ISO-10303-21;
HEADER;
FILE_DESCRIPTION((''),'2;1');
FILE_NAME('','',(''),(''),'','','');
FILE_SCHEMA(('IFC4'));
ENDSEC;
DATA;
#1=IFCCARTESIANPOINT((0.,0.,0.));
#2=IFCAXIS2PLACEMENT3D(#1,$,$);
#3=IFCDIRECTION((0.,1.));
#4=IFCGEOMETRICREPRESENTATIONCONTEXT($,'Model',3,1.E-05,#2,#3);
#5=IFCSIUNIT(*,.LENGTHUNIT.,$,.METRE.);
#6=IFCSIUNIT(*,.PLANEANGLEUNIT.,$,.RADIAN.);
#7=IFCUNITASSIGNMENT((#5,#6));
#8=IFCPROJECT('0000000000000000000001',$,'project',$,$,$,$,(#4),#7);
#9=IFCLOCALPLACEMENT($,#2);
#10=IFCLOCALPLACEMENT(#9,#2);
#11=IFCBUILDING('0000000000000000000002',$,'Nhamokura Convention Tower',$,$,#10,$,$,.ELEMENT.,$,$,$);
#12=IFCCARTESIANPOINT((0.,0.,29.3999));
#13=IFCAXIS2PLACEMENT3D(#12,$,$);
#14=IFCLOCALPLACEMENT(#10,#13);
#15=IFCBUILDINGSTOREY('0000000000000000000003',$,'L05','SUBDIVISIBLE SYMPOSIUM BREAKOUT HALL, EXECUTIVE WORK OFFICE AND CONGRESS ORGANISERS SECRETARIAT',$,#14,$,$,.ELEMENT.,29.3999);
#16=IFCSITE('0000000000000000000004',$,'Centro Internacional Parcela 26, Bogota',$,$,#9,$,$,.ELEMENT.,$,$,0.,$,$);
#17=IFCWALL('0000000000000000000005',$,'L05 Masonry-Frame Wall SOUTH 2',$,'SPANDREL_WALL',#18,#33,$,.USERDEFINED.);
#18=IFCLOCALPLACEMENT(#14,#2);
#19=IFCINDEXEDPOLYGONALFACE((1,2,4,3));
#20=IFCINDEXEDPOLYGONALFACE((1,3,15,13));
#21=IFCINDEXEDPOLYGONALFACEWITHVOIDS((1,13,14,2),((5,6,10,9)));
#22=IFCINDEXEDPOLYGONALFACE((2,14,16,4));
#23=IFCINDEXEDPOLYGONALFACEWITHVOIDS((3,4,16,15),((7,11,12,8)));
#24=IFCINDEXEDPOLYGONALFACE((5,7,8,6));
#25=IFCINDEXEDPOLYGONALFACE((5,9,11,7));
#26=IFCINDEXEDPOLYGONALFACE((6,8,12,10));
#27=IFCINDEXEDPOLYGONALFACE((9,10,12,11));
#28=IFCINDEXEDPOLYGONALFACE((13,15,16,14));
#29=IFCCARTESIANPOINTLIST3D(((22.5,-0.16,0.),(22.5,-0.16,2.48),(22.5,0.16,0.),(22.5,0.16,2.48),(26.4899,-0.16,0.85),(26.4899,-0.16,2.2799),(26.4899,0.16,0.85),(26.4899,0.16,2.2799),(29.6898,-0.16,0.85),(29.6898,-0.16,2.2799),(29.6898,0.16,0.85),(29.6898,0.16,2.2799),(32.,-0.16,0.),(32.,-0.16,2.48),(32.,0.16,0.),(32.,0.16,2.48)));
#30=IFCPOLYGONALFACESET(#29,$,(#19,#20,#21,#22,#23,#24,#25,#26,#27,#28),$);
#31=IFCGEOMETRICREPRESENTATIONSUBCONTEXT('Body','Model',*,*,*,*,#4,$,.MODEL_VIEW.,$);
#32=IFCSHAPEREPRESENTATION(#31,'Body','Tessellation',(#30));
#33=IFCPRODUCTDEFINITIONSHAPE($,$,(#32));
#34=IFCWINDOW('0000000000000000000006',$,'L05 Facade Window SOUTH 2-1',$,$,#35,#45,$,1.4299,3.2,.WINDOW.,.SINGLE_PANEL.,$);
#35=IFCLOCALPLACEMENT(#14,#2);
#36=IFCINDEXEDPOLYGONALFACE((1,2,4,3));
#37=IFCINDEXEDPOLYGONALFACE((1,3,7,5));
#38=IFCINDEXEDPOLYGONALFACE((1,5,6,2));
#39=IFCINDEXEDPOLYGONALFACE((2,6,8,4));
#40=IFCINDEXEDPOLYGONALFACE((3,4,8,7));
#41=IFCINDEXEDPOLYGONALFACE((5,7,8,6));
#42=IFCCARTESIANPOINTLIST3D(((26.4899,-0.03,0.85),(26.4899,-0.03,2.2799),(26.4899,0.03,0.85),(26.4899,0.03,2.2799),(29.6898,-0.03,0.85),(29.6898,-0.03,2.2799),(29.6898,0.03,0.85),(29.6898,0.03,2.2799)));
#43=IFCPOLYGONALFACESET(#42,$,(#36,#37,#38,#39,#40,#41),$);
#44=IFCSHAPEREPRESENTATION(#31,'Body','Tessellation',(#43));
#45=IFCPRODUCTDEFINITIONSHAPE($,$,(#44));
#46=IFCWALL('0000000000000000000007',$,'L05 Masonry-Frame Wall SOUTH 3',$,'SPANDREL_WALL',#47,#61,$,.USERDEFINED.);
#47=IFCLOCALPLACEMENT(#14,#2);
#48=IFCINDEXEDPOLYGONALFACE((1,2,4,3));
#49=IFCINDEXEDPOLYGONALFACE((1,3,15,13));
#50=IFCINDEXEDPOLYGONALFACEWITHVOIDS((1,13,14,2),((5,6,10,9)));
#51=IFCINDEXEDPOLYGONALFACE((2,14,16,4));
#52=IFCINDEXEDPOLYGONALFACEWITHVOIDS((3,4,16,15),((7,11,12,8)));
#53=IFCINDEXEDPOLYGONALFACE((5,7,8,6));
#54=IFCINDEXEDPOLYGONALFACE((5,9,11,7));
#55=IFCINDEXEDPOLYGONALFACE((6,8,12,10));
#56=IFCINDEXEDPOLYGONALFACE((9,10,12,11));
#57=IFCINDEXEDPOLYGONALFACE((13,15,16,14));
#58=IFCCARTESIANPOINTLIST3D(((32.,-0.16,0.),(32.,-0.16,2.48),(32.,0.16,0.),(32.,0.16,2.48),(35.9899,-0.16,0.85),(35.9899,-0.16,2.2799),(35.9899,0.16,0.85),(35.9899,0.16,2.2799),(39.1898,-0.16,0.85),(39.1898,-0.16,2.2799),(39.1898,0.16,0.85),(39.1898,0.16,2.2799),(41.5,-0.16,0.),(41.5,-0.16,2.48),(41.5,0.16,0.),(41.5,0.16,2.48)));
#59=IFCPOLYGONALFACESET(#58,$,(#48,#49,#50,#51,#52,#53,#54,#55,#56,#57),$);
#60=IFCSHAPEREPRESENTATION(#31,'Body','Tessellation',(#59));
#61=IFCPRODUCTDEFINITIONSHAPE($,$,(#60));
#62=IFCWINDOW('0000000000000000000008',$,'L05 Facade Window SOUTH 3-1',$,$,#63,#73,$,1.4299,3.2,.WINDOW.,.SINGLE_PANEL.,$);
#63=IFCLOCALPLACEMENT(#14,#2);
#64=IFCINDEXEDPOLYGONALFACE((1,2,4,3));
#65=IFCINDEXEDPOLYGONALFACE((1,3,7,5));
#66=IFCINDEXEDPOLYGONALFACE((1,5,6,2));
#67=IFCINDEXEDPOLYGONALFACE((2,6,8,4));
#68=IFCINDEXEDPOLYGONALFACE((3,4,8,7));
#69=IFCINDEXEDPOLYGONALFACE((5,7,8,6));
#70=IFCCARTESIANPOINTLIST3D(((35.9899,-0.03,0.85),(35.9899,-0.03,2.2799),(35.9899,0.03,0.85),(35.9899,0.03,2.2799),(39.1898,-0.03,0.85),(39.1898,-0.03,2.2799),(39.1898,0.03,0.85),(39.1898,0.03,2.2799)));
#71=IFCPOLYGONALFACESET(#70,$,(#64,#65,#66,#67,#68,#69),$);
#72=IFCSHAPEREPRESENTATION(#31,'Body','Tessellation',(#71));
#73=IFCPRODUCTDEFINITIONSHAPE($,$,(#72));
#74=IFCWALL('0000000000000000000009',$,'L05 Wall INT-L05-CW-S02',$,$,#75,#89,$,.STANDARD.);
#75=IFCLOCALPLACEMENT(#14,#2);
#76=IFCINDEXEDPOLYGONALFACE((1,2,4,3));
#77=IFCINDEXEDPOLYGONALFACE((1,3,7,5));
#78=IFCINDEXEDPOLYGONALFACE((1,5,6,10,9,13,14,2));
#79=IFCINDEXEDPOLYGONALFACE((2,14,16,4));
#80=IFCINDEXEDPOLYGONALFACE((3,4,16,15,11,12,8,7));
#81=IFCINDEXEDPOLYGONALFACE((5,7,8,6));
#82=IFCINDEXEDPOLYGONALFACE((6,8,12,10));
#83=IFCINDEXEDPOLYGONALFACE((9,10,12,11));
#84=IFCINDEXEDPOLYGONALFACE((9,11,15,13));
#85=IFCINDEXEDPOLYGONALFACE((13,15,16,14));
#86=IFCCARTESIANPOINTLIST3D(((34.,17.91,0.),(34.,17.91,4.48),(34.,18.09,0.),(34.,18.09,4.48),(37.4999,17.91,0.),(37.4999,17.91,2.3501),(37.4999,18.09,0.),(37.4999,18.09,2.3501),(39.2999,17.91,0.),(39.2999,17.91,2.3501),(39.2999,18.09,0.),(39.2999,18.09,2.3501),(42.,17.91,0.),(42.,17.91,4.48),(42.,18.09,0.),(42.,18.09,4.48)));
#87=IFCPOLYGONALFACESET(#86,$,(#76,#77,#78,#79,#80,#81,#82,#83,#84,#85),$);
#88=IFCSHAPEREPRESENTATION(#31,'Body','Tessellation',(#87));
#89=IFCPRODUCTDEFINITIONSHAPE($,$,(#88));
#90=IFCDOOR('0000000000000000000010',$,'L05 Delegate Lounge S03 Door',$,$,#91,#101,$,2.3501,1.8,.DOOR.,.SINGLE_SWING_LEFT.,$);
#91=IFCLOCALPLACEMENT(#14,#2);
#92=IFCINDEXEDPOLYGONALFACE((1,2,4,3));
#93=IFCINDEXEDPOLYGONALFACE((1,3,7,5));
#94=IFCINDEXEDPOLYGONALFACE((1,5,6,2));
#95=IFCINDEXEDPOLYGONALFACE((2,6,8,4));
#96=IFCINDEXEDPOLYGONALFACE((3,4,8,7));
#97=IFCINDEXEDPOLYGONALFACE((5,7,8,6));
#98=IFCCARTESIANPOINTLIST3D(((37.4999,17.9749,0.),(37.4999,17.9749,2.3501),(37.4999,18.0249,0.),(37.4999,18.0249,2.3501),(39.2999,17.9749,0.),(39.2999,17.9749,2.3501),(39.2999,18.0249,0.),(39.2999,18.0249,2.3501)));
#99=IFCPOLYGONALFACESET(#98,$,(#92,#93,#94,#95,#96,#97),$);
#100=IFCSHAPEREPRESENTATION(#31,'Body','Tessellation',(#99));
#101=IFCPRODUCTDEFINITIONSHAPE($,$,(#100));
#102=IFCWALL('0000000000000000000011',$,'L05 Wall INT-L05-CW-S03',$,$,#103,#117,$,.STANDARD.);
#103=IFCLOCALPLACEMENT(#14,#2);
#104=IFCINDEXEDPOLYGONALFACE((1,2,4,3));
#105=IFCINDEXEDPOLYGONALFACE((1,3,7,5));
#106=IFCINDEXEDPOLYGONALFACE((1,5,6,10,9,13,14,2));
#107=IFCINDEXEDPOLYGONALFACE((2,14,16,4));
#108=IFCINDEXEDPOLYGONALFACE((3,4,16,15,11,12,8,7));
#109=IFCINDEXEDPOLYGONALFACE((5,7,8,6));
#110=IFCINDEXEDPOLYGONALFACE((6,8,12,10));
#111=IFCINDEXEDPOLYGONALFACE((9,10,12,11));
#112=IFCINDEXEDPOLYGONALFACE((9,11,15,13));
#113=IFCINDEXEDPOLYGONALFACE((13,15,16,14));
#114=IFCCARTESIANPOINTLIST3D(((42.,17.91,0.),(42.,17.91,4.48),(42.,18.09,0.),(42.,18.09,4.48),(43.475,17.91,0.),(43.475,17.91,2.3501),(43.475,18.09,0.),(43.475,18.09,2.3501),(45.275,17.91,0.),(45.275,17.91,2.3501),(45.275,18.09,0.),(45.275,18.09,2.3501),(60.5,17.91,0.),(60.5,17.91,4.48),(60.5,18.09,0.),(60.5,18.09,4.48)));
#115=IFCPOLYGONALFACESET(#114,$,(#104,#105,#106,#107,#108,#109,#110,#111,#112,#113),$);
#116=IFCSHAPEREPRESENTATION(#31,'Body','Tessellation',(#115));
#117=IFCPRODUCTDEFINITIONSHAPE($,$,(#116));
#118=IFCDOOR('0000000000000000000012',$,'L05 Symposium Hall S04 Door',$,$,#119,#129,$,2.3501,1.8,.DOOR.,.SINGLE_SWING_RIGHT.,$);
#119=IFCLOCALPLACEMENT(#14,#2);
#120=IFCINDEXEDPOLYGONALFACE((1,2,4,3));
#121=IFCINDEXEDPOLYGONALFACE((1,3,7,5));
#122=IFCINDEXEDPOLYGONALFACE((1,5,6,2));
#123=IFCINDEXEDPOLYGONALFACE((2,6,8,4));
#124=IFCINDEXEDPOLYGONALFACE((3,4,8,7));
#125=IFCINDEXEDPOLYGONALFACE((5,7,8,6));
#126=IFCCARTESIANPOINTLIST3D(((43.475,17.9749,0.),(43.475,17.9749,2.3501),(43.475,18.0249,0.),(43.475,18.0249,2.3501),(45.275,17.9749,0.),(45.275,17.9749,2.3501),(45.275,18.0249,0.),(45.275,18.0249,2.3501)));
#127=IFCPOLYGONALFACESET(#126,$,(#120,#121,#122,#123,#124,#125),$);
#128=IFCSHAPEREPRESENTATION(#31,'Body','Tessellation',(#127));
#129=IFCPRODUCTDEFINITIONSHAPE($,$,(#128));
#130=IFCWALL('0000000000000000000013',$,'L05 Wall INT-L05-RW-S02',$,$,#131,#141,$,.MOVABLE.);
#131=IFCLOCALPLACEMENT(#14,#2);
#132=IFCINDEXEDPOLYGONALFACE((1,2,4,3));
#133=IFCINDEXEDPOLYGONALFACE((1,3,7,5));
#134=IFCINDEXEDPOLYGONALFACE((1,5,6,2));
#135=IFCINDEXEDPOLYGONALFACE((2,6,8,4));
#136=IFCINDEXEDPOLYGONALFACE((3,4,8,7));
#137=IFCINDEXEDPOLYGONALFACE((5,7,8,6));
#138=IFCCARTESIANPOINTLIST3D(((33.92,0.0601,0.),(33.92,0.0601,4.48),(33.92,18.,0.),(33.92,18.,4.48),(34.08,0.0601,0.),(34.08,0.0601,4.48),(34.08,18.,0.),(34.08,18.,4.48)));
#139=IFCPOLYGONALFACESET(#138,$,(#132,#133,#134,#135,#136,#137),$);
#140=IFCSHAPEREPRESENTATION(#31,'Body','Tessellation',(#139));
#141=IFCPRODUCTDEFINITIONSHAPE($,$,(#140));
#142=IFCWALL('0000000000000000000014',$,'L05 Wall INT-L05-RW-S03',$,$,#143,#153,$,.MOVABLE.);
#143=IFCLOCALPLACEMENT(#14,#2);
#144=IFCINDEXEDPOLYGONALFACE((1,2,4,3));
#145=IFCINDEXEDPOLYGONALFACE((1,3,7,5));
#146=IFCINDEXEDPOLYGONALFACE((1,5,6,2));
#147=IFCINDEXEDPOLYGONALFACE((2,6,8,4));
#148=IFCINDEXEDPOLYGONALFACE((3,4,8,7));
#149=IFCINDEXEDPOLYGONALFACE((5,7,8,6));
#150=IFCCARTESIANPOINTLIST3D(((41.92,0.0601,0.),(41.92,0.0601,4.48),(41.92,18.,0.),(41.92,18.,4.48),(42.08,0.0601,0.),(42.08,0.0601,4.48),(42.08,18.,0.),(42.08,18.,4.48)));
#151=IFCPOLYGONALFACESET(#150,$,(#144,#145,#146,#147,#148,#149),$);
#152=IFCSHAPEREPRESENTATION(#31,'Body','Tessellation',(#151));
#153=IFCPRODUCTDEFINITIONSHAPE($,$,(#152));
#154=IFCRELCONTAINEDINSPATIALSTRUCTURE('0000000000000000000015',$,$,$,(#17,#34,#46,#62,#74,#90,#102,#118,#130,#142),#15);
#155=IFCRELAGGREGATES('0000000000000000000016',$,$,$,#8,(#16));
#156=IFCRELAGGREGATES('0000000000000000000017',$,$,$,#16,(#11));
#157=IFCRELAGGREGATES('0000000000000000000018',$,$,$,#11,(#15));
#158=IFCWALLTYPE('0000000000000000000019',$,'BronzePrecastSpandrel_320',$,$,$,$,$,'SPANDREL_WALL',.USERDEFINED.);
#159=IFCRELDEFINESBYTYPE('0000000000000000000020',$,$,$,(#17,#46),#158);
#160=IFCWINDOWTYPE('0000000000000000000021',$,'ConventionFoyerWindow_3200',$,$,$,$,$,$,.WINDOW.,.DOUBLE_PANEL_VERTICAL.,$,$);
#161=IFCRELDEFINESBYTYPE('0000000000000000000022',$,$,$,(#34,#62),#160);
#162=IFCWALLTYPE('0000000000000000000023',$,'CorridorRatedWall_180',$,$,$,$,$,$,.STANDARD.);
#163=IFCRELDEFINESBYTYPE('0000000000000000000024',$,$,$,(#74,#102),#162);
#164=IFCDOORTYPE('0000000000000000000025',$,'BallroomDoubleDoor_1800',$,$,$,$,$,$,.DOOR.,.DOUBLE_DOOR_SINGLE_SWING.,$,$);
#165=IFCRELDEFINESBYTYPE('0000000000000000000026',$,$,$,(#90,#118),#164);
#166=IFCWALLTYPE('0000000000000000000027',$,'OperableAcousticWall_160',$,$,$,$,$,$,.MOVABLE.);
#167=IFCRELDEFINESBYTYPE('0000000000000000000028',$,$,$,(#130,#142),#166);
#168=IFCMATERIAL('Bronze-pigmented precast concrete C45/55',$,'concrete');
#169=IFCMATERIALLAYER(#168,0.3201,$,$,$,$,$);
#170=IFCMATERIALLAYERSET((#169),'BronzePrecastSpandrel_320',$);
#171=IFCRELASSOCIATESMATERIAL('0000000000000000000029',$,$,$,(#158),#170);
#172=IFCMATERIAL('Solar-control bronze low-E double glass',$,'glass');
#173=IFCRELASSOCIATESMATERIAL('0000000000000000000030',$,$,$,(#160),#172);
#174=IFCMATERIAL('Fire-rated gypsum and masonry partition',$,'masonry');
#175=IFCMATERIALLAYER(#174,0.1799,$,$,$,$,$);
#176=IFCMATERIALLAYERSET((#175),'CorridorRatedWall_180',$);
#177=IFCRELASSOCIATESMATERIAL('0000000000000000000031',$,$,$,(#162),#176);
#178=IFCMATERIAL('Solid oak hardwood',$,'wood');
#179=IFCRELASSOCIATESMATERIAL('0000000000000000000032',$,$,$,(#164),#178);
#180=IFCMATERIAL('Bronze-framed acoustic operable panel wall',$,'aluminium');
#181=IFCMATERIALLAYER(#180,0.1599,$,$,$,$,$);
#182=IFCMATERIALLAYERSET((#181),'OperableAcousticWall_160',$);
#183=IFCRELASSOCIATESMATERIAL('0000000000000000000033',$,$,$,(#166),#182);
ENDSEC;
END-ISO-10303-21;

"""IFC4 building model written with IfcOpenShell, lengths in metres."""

from ifc_helpers import new_model, si_unit, direction, frame, frame_2d, origin, place, context, subcontext, project, spatial, rectangle, extrude, material, layer, layer_set, type_object, element, fill, save


model = new_model("IFC4")

# Units and contexts
model_context = context("Model", 3, precision=1e-05, world=origin(), true_north=direction((0.0, 1.0)))
body_context = subcontext(model_context, "Body", "Model", "MODEL_VIEW")
ifc_project = project(units=[si_unit("LENGTHUNIT", "METRE"), si_unit("PLANEANGLEUNIT", "RADIAN")], contexts=[model_context])

# Site, building, storey
site_placement = place(None, origin())
site = spatial("IfcSite", under=ifc_project, at=site_placement, Name="Centro Internacional Parcela 26, Bogota", CompositionType="ELEMENT", RefElevation=0.0)
building_placement = place(site_placement, origin())
building = spatial("IfcBuilding", under=site, at=building_placement, Name="Nhamokura Convention Tower", CompositionType="ELEMENT")
storey_placement = place(building_placement, frame((0.0, 0.0, 29.3999)))
storey = spatial("IfcBuildingStorey", under=building, at=storey_placement, Name="L05", Description="SUBDIVISIBLE SYMPOSIUM BREAKOUT HALL, EXECUTIVE WORK OFFICE AND CONGRESS ORGANISERS SECRETARIAT", CompositionType="ELEMENT", Elevation=29.3999)

# Walls, openings, windows
ifc_material_1 = material(Name="Bronze-pigmented precast concrete C45/55", Category="concrete")
ifc_layer_1 = layer(ifc_material_1, 0.3201)
ifc_layer_set_1 = layer_set([ifc_layer_1], Name="BronzePrecastSpandrel_320")
wall_type_1 = type_object("IfcWallType", Name="BronzePrecastSpandrel_320", ElementType="SPANDREL_WALL", PredefinedType="USERDEFINED", material=ifc_layer_set_1)
wall_1_placement = place(storey_placement, frame((32.0, 0.0, 0.0), z_axis=(0.0, 0.0, 1.0), x_axis=(-1.0, 0.0, 0.0)))
wall_1 = element("IfcWall", 1, at=wall_1_placement, inside=storey, type_object=wall_type_1, Name="L05 Masonry-Frame Wall SOUTH 2", ObjectType="SPANDREL_WALL", PredefinedType="USERDEFINED", context=body_context, shape_type="SweptSolid", body=[
    extrude(rectangle(XDim=9.5, YDim=0.3201, at=frame_2d((4.75, 0.0))), origin(), (0.0, 0.0, 1.0), 2.48),
])
opening_1_placement = place(wall_1_placement, frame((2.3101, 0.0, 0.8501)))
opening_1 = element("IfcOpeningElement", 2, at=opening_1_placement, cuts=wall_1, PredefinedType="OPENING", context=body_context, shape_type="SweptSolid", body=[
    extrude(rectangle(XDim=3.2, YDim=1.4299, at=frame_2d((1.6001, 0.7148))), frame((0.0, 0.1699, 0.0), z_axis=(0.0, -1.0, 0.0), x_axis=(1.0, 0.0, 0.0)), (0.0, 0.0, 1.0), 0.3401),
])
ifc_material_2 = material(Name="Solar-control bronze low-E double glass", Category="glass")
window_type = type_object("IfcWindowType", Name="ConventionFoyerWindow_3200", PartitioningType="DOUBLE_PANEL_VERTICAL", PredefinedType="WINDOW", material=ifc_material_2)
window_1_placement = place(opening_1_placement, origin())
window_1 = element("IfcWindow", 3, at=window_1_placement, inside=storey, type_object=window_type, Name="L05 Facade Window SOUTH 2-1", OverallHeight=1.4299, OverallWidth=3.2, PartitioningType="SINGLE_PANEL", PredefinedType="WINDOW", context=body_context, shape_type="SweptSolid", body=[
    extrude(rectangle(XDim=3.2, YDim=1.4299, at=frame_2d((1.6001, 0.7148))), frame((0.0, 0.03, 0.0), z_axis=(0.0, -1.0, 0.0), x_axis=(1.0, 0.0, 0.0)), (0.0, 0.0, 1.0), 0.0601),
])
fill(opening_1, window_1)
wall_2_placement = place(storey_placement, frame((41.5, 0.0, 0.0), z_axis=(0.0, 0.0, 1.0), x_axis=(-1.0, 0.0, 0.0)))
wall_2 = element("IfcWall", 4, at=wall_2_placement, inside=storey, type_object=wall_type_1, Name="L05 Masonry-Frame Wall SOUTH 3", ObjectType="SPANDREL_WALL", PredefinedType="USERDEFINED", context=body_context, shape_type="SweptSolid", body=[
    extrude(rectangle(XDim=9.5, YDim=0.3201, at=frame_2d((4.75, 0.0))), origin(), (0.0, 0.0, 1.0), 2.48),
])
opening_2_placement = place(wall_2_placement, frame((2.3101, 0.0, 0.8501)))
opening_2 = element("IfcOpeningElement", 5, at=opening_2_placement, cuts=wall_2, PredefinedType="OPENING", context=body_context, shape_type="SweptSolid", body=[
    extrude(rectangle(XDim=3.2, YDim=1.4299, at=frame_2d((1.6001, 0.7148))), frame((0.0, 0.1699, 0.0), z_axis=(0.0, -1.0, 0.0), x_axis=(1.0, 0.0, 0.0)), (0.0, 0.0, 1.0), 0.3401),
])
window_2_placement = place(opening_2_placement, origin())
window_2 = element("IfcWindow", 6, at=window_2_placement, inside=storey, type_object=window_type, Name="L05 Facade Window SOUTH 3-1", OverallHeight=1.4299, OverallWidth=3.2, PartitioningType="SINGLE_PANEL", PredefinedType="WINDOW", context=body_context, shape_type="SweptSolid", body=[
    extrude(rectangle(XDim=3.2, YDim=1.4299, at=frame_2d((1.6001, 0.7148))), frame((0.0, 0.03, 0.0), z_axis=(0.0, -1.0, 0.0), x_axis=(1.0, 0.0, 0.0)), (0.0, 0.0, 1.0), 0.0601),
])
fill(opening_2, window_2)

# Walls, openings, doors
ifc_material_3 = material(Name="Fire-rated gypsum and masonry partition", Category="masonry")
ifc_layer_2 = layer(ifc_material_3, 0.1799)
ifc_layer_set_2 = layer_set([ifc_layer_2], Name="CorridorRatedWall_180")
wall_type_2 = type_object("IfcWallType", Name="CorridorRatedWall_180", PredefinedType="STANDARD", material=ifc_layer_set_2)
wall_3_placement = place(storey_placement, frame((34.0, 18.0, 0.0), z_axis=(0.0, 0.0, 1.0), x_axis=(1.0, 0.0, 0.0)))
wall_3 = element("IfcWall", 7, at=wall_3_placement, inside=storey, type_object=wall_type_2, Name="L05 Wall INT-L05-CW-S02", PredefinedType="STANDARD", context=body_context, shape_type="SweptSolid", body=[
    extrude(rectangle(XDim=8.0, YDim=0.1799, at=frame_2d((4.0, 0.0))), origin(), (0.0, 0.0, 1.0), 4.48),
])
opening_3_placement = place(wall_3_placement, frame((3.5, 0.0, 0.0)))
opening_3 = element("IfcOpeningElement", 8, at=opening_3_placement, cuts=wall_3, PredefinedType="OPENING", context=body_context, shape_type="SweptSolid", body=[
    extrude(rectangle(XDim=1.8, YDim=2.3501, at=frame_2d((0.8999, 1.175))), frame((0.0, 0.0999, 0.0), z_axis=(0.0, -1.0, 0.0), x_axis=(1.0, 0.0, 0.0)), (0.0, 0.0, 1.0), 0.2),
])
ifc_material_4 = material(Name="Solid oak hardwood", Category="wood")
door_type_1 = type_object("IfcDoorType", Name="BallroomDoubleDoor_1800", OperationType="DOUBLE_DOOR_SINGLE_SWING", PredefinedType="DOOR", material=ifc_material_4)
door_1_placement = place(opening_3_placement, origin())
door_1 = element("IfcDoor", 9, at=door_1_placement, inside=storey, type_object=door_type_1, Name="L05 Delegate Lounge S03 Door", OperationType="SINGLE_SWING_LEFT", OverallHeight=2.3501, OverallWidth=1.8, PredefinedType="DOOR", context=body_context, shape_type="SweptSolid", body=[
    extrude(rectangle(XDim=1.8, YDim=2.3501, at=frame_2d((0.8999, 1.175))), frame((0.0, 0.0249, 0.0), z_axis=(0.0, -1.0, 0.0), x_axis=(1.0, 0.0, 0.0)), (0.0, 0.0, 1.0), 0.05),
])
fill(opening_3, door_1)
wall_4_placement = place(storey_placement, frame((42.0, 18.0, 0.0), z_axis=(0.0, 0.0, 1.0), x_axis=(1.0, 0.0, 0.0)))
wall_4 = element("IfcWall", 10, at=wall_4_placement, inside=storey, type_object=wall_type_2, Name="L05 Wall INT-L05-CW-S03", PredefinedType="STANDARD", context=body_context, shape_type="SweptSolid", body=[
    extrude(rectangle(XDim=18.5, YDim=0.1799, at=frame_2d((9.25, 0.0))), origin(), (0.0, 0.0, 1.0), 4.48),
])
opening_4_placement = place(wall_4_placement, frame((1.4751, 0.0, 0.0)))
opening_4 = element("IfcOpeningElement", 11, at=opening_4_placement, cuts=wall_4, PredefinedType="OPENING", context=body_context, shape_type="SweptSolid", body=[
    extrude(rectangle(XDim=1.8, YDim=2.3501, at=frame_2d((0.8999, 1.175))), frame((0.0, 0.0999, 0.0), z_axis=(0.0, -1.0, 0.0), x_axis=(1.0, 0.0, 0.0)), (0.0, 0.0, 1.0), 0.2),
])
door_2_placement = place(opening_4_placement, origin())
door_2 = element("IfcDoor", 12, at=door_2_placement, inside=storey, type_object=door_type_1, Name="L05 Symposium Hall S04 Door", OperationType="SINGLE_SWING_RIGHT", OverallHeight=2.3501, OverallWidth=1.8, PredefinedType="DOOR", context=body_context, shape_type="SweptSolid", body=[
    extrude(rectangle(XDim=1.8, YDim=2.3501, at=frame_2d((0.8999, 1.175))), frame((0.0, 0.0249, 0.0), z_axis=(0.0, -1.0, 0.0), x_axis=(1.0, 0.0, 0.0)), (0.0, 0.0, 1.0), 0.05),
])
fill(opening_4, door_2)

# Walls
ifc_material_5 = material(Name="Bronze-framed acoustic operable panel wall", Category="aluminium")
ifc_layer_3 = layer(ifc_material_5, 0.1599)
ifc_layer_set_3 = layer_set([ifc_layer_3], Name="OperableAcousticWall_160")
wall_type_3 = type_object("IfcWallType", Name="OperableAcousticWall_160", PredefinedType="MOVABLE", material=ifc_layer_set_3)
for number, where, z_axis, x_axis, name in (
    (13, (34.0, 0.0601, 0.0), (0.0, 0.0, 1.0), (0.0, 1.0, 0.0), "L05 Wall INT-L05-RW-S02"),
    (14, (42.0, 0.0601, 0.0), (0.0, 0.0, 1.0), (0.0, 1.0, 0.0), "L05 Wall INT-L05-RW-S03"),
):
    element("IfcWall", number, at=place(storey_placement, frame(where, z_axis=z_axis, x_axis=x_axis)), inside=storey, type_object=wall_type_3, Name=name, PredefinedType="MOVABLE", context=body_context, shape_type="SweptSolid", body=[
        extrude(rectangle(XDim=17.9399, YDim=0.1599, at=frame_2d((8.97, 0.0))), origin(), (0.0, 0.0, 1.0), 4.48),
    ])

save(model, "model.ifc")
